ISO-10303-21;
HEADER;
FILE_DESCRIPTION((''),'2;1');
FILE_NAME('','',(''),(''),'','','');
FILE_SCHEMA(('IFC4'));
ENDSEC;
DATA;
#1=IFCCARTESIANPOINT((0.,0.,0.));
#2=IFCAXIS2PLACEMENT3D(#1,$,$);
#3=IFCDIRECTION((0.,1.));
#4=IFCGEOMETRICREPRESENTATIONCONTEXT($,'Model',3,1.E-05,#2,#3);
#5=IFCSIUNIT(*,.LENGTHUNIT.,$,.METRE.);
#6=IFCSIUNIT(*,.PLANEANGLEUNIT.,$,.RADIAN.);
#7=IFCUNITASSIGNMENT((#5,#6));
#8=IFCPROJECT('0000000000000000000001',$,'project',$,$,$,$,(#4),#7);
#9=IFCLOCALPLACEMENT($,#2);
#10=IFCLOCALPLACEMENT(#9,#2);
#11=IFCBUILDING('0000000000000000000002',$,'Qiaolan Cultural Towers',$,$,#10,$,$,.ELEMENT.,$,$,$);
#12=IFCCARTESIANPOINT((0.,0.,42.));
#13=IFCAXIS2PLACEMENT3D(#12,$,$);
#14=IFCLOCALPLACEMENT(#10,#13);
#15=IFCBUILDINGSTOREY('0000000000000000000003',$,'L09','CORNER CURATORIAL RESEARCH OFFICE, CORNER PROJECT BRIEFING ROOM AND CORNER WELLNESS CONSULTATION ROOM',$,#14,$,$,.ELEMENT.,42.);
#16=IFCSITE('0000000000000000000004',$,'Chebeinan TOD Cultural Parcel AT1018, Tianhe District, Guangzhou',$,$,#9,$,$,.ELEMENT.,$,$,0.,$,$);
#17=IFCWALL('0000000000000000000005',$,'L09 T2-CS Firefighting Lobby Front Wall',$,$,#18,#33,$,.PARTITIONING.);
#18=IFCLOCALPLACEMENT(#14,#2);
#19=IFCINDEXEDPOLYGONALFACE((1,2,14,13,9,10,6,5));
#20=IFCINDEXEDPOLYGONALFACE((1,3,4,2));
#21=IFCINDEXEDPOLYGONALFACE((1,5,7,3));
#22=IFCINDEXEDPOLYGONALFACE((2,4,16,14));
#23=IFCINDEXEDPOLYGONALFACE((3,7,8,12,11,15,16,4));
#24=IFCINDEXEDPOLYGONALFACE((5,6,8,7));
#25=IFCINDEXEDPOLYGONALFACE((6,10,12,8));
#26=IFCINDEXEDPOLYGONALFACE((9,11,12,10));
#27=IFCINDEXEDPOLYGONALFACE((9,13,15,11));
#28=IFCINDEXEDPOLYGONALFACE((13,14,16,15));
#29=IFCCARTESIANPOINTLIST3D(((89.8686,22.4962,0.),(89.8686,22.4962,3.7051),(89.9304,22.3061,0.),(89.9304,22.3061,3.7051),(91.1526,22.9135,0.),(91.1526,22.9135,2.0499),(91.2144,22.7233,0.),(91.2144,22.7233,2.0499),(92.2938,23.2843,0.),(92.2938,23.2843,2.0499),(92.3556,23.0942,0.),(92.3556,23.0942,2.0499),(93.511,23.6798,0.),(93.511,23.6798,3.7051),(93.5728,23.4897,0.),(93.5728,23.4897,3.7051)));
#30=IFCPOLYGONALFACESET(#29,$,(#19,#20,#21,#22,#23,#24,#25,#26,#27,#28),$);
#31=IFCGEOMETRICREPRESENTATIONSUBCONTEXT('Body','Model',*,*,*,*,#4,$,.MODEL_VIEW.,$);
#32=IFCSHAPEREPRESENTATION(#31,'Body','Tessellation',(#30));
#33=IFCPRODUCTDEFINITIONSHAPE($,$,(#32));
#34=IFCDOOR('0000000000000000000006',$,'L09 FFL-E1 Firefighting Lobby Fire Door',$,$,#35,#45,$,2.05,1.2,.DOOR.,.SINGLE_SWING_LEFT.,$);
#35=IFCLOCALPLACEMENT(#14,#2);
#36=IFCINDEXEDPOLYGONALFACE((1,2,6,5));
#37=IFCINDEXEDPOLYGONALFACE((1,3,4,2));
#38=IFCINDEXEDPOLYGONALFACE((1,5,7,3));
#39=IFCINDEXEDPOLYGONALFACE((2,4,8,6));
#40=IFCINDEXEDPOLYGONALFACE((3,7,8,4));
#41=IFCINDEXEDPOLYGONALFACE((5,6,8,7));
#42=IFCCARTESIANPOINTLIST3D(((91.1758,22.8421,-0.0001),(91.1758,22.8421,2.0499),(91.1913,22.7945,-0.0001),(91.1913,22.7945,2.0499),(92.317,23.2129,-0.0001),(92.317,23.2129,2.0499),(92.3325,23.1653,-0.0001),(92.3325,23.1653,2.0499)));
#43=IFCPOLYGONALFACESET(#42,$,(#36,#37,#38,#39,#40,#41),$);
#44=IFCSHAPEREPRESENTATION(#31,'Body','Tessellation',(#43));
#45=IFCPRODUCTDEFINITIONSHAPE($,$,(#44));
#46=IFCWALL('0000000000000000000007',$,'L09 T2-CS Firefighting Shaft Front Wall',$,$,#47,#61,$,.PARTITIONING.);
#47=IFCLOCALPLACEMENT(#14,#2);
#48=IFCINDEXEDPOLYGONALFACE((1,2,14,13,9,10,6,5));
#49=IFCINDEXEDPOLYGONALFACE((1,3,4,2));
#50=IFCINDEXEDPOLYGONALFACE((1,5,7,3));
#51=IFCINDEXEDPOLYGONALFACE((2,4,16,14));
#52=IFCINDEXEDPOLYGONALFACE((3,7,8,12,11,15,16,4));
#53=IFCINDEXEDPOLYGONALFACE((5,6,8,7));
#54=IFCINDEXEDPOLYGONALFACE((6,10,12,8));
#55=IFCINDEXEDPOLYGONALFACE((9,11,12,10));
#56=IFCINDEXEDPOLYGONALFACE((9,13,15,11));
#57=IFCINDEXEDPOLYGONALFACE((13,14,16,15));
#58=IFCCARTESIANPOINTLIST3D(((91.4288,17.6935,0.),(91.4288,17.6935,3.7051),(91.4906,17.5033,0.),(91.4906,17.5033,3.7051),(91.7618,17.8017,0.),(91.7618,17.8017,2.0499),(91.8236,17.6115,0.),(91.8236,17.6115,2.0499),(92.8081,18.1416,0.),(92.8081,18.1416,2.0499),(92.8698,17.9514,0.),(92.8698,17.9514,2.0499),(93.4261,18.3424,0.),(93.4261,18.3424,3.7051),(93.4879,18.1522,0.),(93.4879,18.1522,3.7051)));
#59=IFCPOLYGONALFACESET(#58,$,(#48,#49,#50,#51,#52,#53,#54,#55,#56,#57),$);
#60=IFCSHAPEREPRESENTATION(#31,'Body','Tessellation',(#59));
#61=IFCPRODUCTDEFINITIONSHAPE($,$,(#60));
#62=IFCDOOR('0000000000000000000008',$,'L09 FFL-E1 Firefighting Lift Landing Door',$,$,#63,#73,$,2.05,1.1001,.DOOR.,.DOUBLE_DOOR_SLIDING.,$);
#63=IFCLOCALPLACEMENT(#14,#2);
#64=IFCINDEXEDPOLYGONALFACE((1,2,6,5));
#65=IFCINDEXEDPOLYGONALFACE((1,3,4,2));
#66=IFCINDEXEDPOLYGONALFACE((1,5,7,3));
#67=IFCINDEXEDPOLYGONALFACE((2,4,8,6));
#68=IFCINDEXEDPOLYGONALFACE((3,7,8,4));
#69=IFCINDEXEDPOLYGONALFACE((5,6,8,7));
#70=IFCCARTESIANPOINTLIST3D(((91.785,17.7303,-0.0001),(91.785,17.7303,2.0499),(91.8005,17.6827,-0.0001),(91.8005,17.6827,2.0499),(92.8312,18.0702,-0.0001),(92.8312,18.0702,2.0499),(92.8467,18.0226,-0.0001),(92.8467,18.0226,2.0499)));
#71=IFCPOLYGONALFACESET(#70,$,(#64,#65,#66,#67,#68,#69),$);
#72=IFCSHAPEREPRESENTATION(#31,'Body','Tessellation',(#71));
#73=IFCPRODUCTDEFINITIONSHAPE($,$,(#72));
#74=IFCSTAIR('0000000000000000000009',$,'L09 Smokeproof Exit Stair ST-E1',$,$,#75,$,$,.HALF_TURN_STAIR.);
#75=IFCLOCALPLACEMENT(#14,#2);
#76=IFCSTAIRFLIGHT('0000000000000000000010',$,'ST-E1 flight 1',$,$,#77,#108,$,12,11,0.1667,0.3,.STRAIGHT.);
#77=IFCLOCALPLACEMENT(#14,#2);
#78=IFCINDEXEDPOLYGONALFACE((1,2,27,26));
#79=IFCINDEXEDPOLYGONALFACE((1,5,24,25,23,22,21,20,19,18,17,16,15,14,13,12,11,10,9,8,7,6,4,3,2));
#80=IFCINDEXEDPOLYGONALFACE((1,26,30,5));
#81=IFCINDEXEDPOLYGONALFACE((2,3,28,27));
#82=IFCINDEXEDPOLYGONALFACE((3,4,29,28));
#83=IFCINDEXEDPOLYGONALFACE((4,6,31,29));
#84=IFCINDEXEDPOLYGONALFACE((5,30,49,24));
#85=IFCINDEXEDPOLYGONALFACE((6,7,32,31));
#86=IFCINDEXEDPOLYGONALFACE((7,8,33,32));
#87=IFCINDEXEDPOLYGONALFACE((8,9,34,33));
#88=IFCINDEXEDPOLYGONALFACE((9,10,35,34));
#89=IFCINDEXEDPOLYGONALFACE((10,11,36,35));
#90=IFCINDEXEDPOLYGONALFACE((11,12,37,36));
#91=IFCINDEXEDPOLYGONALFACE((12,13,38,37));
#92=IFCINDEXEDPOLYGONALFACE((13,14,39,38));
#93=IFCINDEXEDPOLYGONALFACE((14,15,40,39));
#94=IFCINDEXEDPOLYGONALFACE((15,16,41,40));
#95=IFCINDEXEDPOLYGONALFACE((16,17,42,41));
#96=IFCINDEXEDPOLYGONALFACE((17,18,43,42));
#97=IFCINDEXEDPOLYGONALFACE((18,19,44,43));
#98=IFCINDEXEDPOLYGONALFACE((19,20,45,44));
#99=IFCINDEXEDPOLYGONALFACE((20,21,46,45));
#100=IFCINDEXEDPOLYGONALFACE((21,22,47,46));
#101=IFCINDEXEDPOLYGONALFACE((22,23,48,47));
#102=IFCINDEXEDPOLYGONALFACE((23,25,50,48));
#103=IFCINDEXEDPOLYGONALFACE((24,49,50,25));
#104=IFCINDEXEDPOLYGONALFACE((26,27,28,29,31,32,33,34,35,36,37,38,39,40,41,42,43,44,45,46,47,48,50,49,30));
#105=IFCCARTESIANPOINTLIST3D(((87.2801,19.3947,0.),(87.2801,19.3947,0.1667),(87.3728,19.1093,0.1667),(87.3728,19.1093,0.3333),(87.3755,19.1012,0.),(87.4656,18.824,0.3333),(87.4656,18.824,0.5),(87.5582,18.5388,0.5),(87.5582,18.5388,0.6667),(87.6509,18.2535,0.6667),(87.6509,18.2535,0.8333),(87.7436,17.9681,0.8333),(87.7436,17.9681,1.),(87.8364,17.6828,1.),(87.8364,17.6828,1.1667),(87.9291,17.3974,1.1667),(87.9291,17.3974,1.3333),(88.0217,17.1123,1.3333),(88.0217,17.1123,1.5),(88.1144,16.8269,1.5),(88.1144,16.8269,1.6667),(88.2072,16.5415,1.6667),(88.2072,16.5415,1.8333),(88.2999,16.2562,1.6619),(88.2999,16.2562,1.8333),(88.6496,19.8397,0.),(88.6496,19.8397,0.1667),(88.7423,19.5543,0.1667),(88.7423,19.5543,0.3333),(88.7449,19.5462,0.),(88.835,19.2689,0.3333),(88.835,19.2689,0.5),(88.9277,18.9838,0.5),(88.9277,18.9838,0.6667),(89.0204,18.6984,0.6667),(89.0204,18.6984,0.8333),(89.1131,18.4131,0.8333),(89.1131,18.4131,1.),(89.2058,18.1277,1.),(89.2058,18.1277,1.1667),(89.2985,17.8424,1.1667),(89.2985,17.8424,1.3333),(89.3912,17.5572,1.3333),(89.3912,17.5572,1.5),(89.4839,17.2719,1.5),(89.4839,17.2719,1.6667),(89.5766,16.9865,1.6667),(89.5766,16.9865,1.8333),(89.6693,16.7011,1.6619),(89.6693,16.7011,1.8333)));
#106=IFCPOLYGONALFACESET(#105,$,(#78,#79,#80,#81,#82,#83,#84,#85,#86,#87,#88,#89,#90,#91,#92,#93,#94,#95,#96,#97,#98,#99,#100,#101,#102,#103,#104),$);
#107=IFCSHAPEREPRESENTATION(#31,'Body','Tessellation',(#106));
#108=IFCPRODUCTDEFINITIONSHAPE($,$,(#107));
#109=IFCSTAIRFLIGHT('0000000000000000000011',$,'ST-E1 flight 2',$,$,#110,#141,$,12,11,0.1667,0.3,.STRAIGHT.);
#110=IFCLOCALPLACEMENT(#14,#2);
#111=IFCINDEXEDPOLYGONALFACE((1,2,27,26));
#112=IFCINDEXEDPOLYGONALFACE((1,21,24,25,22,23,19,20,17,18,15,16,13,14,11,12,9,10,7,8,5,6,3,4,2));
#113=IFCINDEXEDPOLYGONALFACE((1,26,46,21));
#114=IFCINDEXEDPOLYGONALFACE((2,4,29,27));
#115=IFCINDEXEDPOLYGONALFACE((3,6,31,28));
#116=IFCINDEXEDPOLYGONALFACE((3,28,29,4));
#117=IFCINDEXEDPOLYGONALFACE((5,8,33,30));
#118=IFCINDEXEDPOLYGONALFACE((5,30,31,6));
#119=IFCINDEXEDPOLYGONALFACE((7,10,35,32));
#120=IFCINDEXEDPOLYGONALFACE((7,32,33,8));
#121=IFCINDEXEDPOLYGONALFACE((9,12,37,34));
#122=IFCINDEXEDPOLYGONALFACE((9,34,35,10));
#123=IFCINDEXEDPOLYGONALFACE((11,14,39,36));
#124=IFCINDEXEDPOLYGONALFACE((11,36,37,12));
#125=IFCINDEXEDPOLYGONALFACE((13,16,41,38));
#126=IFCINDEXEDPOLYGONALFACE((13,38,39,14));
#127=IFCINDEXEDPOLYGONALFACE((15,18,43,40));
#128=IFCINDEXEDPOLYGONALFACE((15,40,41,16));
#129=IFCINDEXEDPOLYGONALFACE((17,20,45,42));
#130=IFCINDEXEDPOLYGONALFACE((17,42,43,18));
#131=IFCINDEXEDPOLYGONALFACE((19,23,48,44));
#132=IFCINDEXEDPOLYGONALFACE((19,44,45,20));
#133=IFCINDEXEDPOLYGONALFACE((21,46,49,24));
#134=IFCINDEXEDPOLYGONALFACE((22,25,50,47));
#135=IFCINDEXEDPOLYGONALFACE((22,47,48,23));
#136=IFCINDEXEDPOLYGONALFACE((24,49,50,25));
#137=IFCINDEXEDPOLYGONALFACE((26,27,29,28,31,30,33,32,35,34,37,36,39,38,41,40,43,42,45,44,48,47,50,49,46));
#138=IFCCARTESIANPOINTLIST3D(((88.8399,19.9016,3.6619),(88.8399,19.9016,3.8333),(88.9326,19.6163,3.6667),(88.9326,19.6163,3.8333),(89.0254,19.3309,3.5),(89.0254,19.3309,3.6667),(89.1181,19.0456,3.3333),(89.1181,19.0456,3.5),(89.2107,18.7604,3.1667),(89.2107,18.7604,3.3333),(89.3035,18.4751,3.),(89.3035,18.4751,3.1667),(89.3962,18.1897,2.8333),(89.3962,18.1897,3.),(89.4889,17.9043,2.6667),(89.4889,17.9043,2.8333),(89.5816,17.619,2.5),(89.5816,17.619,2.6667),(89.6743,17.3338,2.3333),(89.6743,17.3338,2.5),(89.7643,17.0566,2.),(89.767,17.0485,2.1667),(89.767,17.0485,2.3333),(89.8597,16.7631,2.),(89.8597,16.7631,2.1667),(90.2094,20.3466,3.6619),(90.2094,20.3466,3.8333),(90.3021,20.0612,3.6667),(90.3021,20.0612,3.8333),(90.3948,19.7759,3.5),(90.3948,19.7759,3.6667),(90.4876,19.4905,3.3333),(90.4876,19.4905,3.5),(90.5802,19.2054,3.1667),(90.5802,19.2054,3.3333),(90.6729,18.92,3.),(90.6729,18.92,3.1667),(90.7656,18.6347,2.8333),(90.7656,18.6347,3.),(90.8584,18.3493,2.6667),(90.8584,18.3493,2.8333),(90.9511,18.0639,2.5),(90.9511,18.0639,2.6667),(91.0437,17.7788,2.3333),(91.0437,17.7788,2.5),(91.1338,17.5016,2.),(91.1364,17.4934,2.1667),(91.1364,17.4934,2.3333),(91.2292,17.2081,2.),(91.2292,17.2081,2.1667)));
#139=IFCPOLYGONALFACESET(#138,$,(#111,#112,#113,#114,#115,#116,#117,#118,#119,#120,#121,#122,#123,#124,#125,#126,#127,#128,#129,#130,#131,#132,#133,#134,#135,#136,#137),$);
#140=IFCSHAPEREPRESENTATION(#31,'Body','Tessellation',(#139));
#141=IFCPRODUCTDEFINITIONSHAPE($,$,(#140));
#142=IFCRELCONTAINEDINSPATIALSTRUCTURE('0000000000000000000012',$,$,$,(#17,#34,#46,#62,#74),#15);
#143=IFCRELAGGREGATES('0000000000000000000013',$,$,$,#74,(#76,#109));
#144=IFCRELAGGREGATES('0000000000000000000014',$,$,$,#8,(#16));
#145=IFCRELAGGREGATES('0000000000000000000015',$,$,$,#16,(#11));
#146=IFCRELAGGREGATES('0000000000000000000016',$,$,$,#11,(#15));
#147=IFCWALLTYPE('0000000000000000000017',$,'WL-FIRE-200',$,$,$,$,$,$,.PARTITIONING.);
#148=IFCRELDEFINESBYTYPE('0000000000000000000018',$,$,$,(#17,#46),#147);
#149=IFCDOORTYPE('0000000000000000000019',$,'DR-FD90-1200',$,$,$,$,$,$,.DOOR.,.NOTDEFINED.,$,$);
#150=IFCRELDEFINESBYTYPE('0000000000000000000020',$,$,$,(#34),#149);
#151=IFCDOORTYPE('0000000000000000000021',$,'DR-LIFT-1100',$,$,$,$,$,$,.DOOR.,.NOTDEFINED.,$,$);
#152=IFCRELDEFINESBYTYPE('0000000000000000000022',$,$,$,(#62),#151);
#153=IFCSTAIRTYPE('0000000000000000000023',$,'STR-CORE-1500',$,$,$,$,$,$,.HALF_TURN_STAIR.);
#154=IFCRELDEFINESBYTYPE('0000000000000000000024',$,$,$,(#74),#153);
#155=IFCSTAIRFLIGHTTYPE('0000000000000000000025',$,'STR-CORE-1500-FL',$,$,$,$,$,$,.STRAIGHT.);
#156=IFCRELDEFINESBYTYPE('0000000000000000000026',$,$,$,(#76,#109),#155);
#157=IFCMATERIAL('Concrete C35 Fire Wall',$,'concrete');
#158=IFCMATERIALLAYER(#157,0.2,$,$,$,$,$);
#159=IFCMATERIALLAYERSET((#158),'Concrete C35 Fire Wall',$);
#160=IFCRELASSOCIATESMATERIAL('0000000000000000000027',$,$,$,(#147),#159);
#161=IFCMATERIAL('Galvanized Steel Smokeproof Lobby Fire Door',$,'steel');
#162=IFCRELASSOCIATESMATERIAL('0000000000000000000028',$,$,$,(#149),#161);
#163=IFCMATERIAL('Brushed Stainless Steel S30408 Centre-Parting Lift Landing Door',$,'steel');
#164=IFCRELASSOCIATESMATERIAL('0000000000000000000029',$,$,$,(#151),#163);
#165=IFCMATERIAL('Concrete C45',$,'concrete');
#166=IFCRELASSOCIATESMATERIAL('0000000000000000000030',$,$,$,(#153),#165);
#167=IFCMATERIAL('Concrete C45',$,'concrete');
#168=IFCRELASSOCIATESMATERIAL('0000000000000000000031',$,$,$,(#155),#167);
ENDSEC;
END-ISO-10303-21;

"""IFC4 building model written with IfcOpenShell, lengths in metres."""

from ifc_helpers import new_model, si_unit, direction, frame, frame_2d, origin, place, context, subcontext, project, spatial, polyline, rectangle, outline, extrude, material, layer, layer_set, type_object, element, fill, aggregate, save


model = new_model("IFC4")

# Units and contexts
model_context = context("Model", 3, precision=1e-05, world=origin(), true_north=direction((0.0, 1.0)))
body_context = subcontext(model_context, "Body", "Model", "MODEL_VIEW")
ifc_project = project(units=[si_unit("LENGTHUNIT", "METRE"), si_unit("PLANEANGLEUNIT", "RADIAN")], contexts=[model_context])

# Site, building, storey
site_placement = place(None, origin())
site = spatial("IfcSite", under=ifc_project, at=site_placement, Name="Chebeinan TOD Cultural Parcel AT1018, Tianhe District, Guangzhou", CompositionType="ELEMENT", RefElevation=0.0)
building_placement = place(site_placement, origin())
building = spatial("IfcBuilding", under=site, at=building_placement, Name="Qiaolan Cultural Towers", CompositionType="ELEMENT")
storey_placement = place(building_placement, frame((0.0, 0.0, 42.0)))
storey = spatial("IfcBuildingStorey", under=building, at=storey_placement, Name="L09", Description="CORNER CURATORIAL RESEARCH OFFICE, CORNER PROJECT BRIEFING ROOM AND CORNER WELLNESS CONSULTATION ROOM", CompositionType="ELEMENT", Elevation=42.0)

# Walls, openings, doors
ifc_material_1 = material(Name="Concrete C35 Fire Wall", Category="concrete")
ifc_layer_1 = layer(ifc_material_1, 0.2)
ifc_layer_set_1 = layer_set([ifc_layer_1], Name="Concrete C35 Fire Wall")
wall_type_1 = type_object("IfcWallType", Name="WL-FIRE-200", PredefinedType="PARTITIONING", material=ifc_layer_set_1)
wall_1_placement = place(storey_placement, frame((89.8994, 22.4011, 0.0), z_axis=(0.0, 0.0, 1.0), x_axis=(0.951047, 0.309047, 0.0)))
wall_1 = element("IfcWall", 1, at=wall_1_placement, inside=storey, type_object=wall_type_1, Name="L09 T2-CS Firefighting Lobby Front Wall", PredefinedType="PARTITIONING", context=body_context, shape_type="SweptSolid", body=[
    extrude(rectangle(XDim=3.8298, YDim=0.2, at=frame_2d((1.915, 0.0))), origin(), (0.0, 0.0, 1.0), 3.7051),
])
opening_1_placement = place(wall_1_placement, frame((1.3501, 0.0, 0.0)))
opening_1 = element("IfcOpeningElement", 2, at=opening_1_placement, cuts=wall_1, PredefinedType="OPENING", context=body_context, shape_type="SweptSolid", body=[
    extrude(rectangle(XDim=1.2, YDim=2.05, at=frame_2d((0.6001, 1.0249))), frame((0.0, 0.1099, 0.0), z_axis=(0.0, -1.0, 0.0), x_axis=(1.0, 0.0, 0.0)), (0.0, 0.0, 1.0), 0.22),
])
ifc_material_2 = material(Name="Galvanized Steel Smokeproof Lobby Fire Door", Category="steel")
door_type_1 = type_object("IfcDoorType", Name="DR-FD90-1200", OperationType="NOTDEFINED", PredefinedType="DOOR", material=ifc_material_2)
door_1_placement = place(opening_1_placement, origin())
door_1 = element("IfcDoor", 3, at=door_1_placement, inside=storey, type_object=door_type_1, Name="L09 FFL-E1 Firefighting Lobby Fire Door", OperationType="SINGLE_SWING_LEFT", OverallHeight=2.05, OverallWidth=1.2, PredefinedType="DOOR", context=body_context, shape_type="SweptSolid", body=[
    extrude(rectangle(XDim=1.2, YDim=2.05, at=frame_2d((0.6001, 1.0249))), frame((0.0, 0.0249, 0.0), z_axis=(0.0, -1.0, 0.0), x_axis=(1.0, 0.0, 0.0)), (0.0, 0.0, 1.0), 0.05),
])
fill(opening_1, door_1)
wall_2_placement = place(storey_placement, frame((91.4597, 17.5984, 0.0), z_axis=(0.0, 0.0, 1.0), x_axis=(0.951062, 0.308999, 0.0)))
wall_2 = element("IfcWall", 4, at=wall_2_placement, inside=storey, type_object=wall_type_1, Name="L09 T2-CS Firefighting Shaft Front Wall", PredefinedType="PARTITIONING", context=body_context, shape_type="SweptSolid", body=[
    extrude(rectangle(XDim=2.1001, YDim=0.2, at=frame_2d((1.05, 0.0))), origin(), (0.0, 0.0, 1.0), 3.7051),
])
opening_2_placement = place(wall_2_placement, frame((0.3501, 0.0, 0.0)))
opening_2 = element("IfcOpeningElement", 5, at=opening_2_placement, cuts=wall_2, PredefinedType="OPENING", context=body_context, shape_type="SweptSolid", body=[
    extrude(rectangle(XDim=1.1001, YDim=2.05, at=frame_2d((0.55, 1.0249))), frame((0.0, 0.1099, 0.0), z_axis=(0.0, -1.0, 0.0), x_axis=(1.0, 0.0, 0.0)), (0.0, 0.0, 1.0), 0.22),
])
ifc_material_3 = material(Name="Brushed Stainless Steel S30408 Centre-Parting Lift Landing Door", Category="steel")
door_type_2 = type_object("IfcDoorType", Name="DR-LIFT-1100", OperationType="NOTDEFINED", PredefinedType="DOOR", material=ifc_material_3)
door_2_placement = place(opening_2_placement, origin())
door_2 = element("IfcDoor", 6, at=door_2_placement, inside=storey, type_object=door_type_2, Name="L09 FFL-E1 Firefighting Lift Landing Door", OperationType="DOUBLE_DOOR_SLIDING", OverallHeight=2.05, OverallWidth=1.1001, PredefinedType="DOOR", context=body_context, shape_type="SweptSolid", body=[
    extrude(rectangle(XDim=1.1001, YDim=2.05, at=frame_2d((0.55, 1.0249))), frame((0.0, 0.0249, 0.0), z_axis=(0.0, -1.0, 0.0), x_axis=(1.0, 0.0, 0.0)), (0.0, 0.0, 1.0), 0.05),
])
fill(opening_2, door_2)

# Stair, stair flights
ifc_material_4 = material(Name="Concrete C45", Category="concrete")
stair_type = type_object("IfcStairType", Name="STR-CORE-1500", PredefinedType="HALF_TURN_STAIR", material=ifc_material_4)
stair_placement = place(storey_placement, origin())
stair = element("IfcStair", 7, at=stair_placement, inside=storey, type_object=stair_type, Name="L09 Smokeproof Exit Stair ST-E1", PredefinedType="HALF_TURN_STAIR")
ifc_material_5 = material(Name="Concrete C45", Category="concrete")
stair_flight_type = type_object("IfcStairFlightType", Name="STR-CORE-1500-FL", PredefinedType="STRAIGHT", material=ifc_material_5)
stair_flight_1_placement = place(storey_placement, frame((87.9648, 19.6172, 0.0), z_axis=(0.0, 0.0, 1.0), x_axis=(0.309017, -0.951057, 0.0)))
stair_flight_1 = element("IfcStairFlight", 8, at=stair_flight_1_placement, type_object=stair_flight_type, Name="ST-E1 flight 1", NumberOfRisers=12, NumberOfTreads=11, PredefinedType="STRAIGHT", RiserHeight=0.1667, TreadLength=0.3, context=body_context, shape_type="SweptSolid", body=[
    extrude(outline(polyline([(0.0, 0.0), (0.0, 0.1667), (0.3, 0.1667), (0.3, 0.3333), (0.6001, 0.3333), (0.6001, 0.5), (0.8999, 0.5), (0.8999, 0.6667), (1.2, 0.6667), (1.2, 0.8333), (1.5, 0.8333), (1.5, 1.0), (1.8, 1.0), (1.8, 1.1667), (2.1001, 1.1667), (2.1001, 1.3333), (2.3999, 1.3333), (2.3999, 1.5), (2.7, 1.5), (2.7, 1.6667), (3.0, 1.6667), (3.0, 1.8333), (3.3, 1.8333), (3.3, 2.0), (3.3, 1.6619), (0.3086, 0.0), (0.0, 0.0)])), frame((0.0, 0.72, 0.0), z_axis=(0.0, -1.0, 0.0), x_axis=(1.0, 0.0, 0.0)), (0.0, 0.0, 1.0), 1.4399),
])
stair_flight_2_placement = place(storey_placement, frame((90.5444, 16.9856, 2.0), z_axis=(0.0, 0.0, 1.0), x_axis=(-0.309017, 0.951057, 0.0)))
stair_flight_2 = element("IfcStairFlight", 9, at=stair_flight_2_placement, type_object=stair_flight_type, Name="ST-E1 flight 2", NumberOfRisers=12, NumberOfTreads=11, PredefinedType="STRAIGHT", RiserHeight=0.1667, TreadLength=0.3, context=body_context, shape_type="SweptSolid", body=[
    extrude(outline(polyline([(0.0, 0.0), (0.0, 0.1667), (0.3, 0.1667), (0.3, 0.3333), (0.6001, 0.3333), (0.6001, 0.5), (0.8999, 0.5), (0.8999, 0.6667), (1.2, 0.6667), (1.2, 0.8333), (1.5, 0.8333), (1.5, 1.0), (1.8, 1.0), (1.8, 1.1667), (2.1001, 1.1667), (2.1001, 1.3333), (2.3999, 1.3333), (2.3999, 1.5), (2.7, 1.5), (2.7, 1.6667), (3.0, 1.6667), (3.0, 1.8333), (3.3, 1.8333), (3.3, 2.0), (3.3, 1.6619), (0.3086, 0.0), (0.0, 0.0)])), frame((0.0, 0.72, 0.0), z_axis=(0.0, -1.0, 0.0), x_axis=(1.0, 0.0, 0.0)), (0.0, 0.0, 1.0), 1.4399),
])
aggregate(stair, [stair_flight_1, stair_flight_2])

save(model, "model.ifc")
